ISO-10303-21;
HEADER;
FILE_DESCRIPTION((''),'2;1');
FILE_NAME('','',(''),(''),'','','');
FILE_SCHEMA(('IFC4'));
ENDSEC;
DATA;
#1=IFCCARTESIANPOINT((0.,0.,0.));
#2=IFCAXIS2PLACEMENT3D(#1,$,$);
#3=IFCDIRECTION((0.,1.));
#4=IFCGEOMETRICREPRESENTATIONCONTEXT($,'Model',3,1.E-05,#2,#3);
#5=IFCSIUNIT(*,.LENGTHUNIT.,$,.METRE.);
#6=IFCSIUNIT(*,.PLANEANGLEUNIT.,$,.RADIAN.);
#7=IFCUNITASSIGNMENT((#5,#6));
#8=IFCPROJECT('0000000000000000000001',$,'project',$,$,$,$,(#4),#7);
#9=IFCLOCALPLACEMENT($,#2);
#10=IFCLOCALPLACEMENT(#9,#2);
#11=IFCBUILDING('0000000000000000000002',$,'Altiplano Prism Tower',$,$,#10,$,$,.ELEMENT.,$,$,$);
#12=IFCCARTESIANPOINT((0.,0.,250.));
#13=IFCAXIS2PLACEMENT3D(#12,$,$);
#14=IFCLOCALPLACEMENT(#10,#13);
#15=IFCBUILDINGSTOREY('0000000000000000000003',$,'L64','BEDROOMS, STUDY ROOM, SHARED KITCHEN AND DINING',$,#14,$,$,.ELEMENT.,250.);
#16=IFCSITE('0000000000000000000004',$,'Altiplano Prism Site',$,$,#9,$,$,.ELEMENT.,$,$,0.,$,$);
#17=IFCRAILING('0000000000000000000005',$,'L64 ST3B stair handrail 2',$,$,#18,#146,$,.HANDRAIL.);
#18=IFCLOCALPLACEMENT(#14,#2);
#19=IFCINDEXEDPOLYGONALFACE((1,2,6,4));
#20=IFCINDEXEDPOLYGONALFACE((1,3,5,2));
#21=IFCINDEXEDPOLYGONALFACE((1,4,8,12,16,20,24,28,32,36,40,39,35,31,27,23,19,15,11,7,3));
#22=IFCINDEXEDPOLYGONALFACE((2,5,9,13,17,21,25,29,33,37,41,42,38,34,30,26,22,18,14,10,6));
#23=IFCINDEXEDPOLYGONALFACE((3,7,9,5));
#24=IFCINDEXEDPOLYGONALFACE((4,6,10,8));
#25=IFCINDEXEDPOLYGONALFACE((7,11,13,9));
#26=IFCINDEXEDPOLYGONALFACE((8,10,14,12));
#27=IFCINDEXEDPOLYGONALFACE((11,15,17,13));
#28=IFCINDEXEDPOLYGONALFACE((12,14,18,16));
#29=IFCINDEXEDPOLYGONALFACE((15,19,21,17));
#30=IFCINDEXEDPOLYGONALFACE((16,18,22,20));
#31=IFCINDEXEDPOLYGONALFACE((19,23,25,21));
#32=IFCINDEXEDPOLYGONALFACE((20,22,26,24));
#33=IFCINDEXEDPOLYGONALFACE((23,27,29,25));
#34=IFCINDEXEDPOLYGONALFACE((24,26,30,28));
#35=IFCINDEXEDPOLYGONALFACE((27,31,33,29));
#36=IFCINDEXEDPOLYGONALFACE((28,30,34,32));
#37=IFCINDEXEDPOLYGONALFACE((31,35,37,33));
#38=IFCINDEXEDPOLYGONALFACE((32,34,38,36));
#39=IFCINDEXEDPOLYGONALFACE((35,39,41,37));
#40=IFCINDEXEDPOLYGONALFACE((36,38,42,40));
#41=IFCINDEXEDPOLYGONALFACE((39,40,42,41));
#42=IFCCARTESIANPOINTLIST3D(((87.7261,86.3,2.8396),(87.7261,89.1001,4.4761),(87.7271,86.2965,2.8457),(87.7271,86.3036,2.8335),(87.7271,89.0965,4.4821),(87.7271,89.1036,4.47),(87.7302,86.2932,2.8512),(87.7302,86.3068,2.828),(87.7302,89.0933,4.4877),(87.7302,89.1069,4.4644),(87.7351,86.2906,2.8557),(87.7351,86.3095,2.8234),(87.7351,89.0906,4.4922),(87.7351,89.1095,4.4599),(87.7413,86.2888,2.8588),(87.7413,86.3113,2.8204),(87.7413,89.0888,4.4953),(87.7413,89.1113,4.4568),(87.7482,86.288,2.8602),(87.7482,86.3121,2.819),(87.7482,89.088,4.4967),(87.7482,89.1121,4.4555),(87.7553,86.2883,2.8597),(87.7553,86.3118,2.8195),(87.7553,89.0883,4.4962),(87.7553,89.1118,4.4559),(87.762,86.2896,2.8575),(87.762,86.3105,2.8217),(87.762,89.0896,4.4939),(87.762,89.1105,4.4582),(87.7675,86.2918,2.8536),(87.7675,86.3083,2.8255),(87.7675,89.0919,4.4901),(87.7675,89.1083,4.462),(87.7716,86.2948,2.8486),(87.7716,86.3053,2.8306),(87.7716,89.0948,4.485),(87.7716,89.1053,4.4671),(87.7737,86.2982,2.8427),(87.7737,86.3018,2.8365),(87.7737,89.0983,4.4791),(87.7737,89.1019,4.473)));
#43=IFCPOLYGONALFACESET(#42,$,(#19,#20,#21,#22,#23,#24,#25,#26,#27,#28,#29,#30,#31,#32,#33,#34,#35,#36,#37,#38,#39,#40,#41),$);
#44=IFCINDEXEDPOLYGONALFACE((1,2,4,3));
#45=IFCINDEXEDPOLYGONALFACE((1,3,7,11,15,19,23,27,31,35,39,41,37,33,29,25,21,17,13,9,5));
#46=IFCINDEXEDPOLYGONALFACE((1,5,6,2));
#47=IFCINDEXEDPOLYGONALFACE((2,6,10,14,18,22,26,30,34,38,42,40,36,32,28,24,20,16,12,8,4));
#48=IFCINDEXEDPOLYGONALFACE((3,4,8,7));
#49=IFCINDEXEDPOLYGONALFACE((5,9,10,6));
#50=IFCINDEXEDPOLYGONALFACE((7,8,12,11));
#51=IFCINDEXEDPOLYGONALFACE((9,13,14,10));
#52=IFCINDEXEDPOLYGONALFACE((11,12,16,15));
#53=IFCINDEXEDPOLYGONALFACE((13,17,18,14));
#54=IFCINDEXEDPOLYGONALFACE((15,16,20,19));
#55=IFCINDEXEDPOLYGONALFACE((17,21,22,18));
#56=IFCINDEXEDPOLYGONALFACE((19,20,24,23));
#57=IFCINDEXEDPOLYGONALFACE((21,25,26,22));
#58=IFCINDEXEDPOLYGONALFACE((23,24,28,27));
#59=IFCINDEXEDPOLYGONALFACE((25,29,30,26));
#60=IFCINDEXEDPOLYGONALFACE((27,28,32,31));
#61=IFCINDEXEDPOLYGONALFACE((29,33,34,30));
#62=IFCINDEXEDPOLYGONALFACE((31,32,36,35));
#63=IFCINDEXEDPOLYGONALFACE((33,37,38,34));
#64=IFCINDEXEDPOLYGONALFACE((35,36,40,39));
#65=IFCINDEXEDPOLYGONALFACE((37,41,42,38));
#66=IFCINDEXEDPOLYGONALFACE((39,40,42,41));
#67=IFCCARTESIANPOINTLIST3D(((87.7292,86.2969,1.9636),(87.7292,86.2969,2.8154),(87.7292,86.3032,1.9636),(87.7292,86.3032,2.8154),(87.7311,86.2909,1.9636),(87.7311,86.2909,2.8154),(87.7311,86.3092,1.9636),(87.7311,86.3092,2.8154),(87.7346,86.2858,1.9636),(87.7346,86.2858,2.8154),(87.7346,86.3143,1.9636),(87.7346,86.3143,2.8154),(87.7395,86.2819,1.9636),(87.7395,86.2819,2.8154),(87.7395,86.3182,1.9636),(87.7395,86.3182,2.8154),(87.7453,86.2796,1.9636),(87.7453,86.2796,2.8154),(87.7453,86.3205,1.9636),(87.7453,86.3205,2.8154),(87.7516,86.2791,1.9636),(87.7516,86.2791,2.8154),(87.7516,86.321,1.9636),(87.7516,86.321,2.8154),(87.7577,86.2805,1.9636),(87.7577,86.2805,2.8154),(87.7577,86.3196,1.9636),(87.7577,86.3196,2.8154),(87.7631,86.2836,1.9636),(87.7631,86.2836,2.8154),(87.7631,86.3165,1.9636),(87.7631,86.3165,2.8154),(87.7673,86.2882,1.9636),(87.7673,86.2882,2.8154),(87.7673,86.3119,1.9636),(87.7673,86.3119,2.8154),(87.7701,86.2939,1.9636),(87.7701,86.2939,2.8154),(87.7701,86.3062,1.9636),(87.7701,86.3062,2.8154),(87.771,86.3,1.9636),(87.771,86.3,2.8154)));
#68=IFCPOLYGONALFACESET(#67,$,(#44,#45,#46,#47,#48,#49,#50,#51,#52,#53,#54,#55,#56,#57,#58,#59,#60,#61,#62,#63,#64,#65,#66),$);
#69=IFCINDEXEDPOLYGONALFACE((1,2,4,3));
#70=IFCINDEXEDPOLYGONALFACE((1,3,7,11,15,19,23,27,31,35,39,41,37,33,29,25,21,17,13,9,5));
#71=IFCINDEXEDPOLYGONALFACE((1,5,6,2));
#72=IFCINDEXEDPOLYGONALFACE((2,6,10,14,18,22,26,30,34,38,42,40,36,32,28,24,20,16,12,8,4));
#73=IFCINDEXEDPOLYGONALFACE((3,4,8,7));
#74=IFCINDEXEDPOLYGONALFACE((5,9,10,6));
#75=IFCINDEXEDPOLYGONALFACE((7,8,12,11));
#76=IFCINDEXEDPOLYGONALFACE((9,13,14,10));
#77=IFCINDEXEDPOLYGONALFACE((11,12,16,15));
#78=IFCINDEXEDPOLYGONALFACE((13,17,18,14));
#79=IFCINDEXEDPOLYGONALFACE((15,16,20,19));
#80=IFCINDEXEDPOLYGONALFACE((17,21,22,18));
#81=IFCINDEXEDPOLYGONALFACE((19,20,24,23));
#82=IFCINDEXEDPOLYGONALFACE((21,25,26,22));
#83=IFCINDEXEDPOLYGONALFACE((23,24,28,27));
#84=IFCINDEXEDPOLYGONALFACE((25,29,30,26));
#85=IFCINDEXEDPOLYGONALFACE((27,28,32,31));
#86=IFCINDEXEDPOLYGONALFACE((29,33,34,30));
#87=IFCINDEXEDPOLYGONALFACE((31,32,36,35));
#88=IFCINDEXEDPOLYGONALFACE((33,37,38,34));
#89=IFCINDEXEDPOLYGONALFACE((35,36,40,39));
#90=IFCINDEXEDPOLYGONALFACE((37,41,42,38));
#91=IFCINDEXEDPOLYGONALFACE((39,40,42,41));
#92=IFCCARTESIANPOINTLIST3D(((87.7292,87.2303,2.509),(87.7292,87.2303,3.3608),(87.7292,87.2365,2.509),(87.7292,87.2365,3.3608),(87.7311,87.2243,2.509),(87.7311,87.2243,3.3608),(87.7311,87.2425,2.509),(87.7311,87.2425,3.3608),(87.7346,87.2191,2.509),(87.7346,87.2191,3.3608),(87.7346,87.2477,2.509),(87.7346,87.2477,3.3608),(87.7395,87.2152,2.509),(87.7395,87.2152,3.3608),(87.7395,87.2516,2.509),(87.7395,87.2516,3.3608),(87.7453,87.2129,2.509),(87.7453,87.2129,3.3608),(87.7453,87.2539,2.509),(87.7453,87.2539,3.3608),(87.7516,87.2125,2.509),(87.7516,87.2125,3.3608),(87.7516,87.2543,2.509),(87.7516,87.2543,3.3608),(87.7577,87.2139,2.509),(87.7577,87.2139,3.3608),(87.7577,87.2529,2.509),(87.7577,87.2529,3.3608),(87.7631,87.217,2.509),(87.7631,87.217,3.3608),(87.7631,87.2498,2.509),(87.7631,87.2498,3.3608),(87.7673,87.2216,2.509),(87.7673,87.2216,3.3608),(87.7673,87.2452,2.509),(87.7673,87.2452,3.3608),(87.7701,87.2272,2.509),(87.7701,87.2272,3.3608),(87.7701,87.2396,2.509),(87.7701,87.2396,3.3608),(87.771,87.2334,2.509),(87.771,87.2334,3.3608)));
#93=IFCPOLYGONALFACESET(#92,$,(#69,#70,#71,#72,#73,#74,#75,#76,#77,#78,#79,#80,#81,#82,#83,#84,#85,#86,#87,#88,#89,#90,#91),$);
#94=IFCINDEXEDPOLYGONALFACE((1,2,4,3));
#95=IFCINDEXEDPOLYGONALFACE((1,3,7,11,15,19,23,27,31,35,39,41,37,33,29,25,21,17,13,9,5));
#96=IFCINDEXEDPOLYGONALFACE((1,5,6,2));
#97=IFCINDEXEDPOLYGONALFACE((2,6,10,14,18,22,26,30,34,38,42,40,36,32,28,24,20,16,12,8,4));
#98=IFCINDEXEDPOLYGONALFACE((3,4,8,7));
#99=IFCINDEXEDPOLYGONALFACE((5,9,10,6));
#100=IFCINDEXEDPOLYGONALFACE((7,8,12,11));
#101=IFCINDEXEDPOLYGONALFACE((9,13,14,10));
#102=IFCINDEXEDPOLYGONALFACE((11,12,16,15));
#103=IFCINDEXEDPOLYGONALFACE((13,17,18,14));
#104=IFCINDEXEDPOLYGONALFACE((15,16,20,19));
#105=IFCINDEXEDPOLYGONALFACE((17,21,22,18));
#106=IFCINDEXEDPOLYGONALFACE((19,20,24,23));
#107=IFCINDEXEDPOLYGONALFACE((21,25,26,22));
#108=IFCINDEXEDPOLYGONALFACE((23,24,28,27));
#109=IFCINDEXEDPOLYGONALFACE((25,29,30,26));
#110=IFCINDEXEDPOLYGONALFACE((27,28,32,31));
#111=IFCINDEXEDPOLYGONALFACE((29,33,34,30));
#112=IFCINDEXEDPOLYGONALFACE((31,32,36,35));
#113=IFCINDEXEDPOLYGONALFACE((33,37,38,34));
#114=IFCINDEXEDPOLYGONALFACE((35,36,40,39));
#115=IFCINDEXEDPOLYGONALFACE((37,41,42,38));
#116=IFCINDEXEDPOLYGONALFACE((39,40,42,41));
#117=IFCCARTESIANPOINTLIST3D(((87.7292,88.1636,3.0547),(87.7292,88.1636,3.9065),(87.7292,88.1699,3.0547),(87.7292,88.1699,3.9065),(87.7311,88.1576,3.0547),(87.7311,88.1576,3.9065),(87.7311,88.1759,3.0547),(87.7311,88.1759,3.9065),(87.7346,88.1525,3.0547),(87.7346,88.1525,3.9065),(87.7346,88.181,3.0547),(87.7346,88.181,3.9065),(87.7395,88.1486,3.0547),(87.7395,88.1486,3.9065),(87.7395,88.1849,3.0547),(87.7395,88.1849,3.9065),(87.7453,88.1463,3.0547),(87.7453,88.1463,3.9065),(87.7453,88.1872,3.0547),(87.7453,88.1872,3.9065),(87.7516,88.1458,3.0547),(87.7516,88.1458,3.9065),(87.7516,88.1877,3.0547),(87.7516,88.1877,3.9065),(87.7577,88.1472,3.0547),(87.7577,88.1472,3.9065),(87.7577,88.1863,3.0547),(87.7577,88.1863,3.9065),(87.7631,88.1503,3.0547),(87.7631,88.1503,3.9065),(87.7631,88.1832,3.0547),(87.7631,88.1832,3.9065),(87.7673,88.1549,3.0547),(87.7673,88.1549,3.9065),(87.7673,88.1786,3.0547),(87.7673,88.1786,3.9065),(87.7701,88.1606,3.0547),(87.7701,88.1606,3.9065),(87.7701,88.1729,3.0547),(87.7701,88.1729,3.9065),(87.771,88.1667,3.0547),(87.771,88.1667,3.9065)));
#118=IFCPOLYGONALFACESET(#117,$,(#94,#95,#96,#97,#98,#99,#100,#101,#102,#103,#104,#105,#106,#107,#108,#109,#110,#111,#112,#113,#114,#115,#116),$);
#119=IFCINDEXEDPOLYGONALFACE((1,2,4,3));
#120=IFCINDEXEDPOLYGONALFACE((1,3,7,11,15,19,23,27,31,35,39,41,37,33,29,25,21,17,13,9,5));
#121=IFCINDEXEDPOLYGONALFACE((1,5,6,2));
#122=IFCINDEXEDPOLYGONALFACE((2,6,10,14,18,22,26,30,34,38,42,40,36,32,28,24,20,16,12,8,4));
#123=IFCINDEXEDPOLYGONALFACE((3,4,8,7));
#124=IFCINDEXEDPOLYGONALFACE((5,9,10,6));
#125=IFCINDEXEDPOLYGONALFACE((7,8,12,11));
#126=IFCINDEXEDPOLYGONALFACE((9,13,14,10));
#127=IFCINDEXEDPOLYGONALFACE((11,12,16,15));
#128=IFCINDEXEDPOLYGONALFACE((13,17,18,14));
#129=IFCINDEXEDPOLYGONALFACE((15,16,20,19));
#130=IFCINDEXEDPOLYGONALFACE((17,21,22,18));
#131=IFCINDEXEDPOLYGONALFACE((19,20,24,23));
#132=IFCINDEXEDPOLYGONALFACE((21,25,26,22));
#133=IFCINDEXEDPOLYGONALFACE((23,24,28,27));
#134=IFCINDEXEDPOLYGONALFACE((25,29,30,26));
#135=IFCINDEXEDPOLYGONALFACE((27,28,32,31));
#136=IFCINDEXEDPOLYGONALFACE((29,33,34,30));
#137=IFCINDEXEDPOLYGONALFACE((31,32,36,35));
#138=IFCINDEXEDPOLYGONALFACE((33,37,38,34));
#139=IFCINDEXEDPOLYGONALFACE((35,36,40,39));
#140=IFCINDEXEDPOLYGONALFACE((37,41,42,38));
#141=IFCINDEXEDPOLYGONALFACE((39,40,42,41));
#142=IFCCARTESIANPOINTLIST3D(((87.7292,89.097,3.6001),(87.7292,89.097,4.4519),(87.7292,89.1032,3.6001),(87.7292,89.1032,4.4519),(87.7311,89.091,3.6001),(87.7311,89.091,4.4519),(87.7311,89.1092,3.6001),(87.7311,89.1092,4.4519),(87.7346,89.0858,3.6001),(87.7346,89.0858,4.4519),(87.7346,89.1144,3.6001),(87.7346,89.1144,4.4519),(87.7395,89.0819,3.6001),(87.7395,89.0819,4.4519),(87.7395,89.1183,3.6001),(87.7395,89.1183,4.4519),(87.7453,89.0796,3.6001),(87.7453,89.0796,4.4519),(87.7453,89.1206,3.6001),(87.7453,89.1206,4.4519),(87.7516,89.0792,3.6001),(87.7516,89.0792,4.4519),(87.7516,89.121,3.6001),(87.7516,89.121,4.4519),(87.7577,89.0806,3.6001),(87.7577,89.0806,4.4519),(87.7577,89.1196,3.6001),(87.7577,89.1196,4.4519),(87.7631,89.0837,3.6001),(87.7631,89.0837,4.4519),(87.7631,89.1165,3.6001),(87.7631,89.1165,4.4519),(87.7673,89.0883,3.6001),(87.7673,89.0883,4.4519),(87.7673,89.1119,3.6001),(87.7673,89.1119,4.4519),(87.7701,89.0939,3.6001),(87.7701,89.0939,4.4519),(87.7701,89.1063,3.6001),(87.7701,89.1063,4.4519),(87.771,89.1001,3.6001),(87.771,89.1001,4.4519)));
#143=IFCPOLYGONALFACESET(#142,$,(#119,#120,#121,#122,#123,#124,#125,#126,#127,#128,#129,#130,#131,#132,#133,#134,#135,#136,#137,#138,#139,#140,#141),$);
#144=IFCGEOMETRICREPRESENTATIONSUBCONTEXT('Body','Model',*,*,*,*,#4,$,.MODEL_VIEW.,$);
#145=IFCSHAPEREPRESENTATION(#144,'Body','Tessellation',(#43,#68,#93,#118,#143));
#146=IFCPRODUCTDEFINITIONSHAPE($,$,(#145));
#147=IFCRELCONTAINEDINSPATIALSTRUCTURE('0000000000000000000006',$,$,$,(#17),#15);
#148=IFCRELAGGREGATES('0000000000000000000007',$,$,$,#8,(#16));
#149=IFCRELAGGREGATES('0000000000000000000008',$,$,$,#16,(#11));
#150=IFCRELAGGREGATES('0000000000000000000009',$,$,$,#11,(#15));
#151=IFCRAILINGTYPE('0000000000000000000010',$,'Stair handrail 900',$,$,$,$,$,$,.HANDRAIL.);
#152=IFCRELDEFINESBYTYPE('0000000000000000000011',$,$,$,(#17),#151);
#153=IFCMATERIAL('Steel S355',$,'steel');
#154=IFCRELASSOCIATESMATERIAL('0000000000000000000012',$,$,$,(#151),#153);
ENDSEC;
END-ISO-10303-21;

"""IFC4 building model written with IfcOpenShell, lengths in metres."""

from ifc_helpers import new_model, si_unit, direction, frame, origin, origin_2d, place, context, subcontext, project, spatial, circle, extrude, material, type_object, element, save


model = new_model("IFC4")

# Units and contexts
model_context = context("Model", 3, precision=1e-05, world=origin(), true_north=direction((0.0, 1.0)))
body_context = subcontext(model_context, "Body", "Model", "MODEL_VIEW")
ifc_project = project(units=[si_unit("LENGTHUNIT", "METRE"), si_unit("PLANEANGLEUNIT", "RADIAN")], contexts=[model_context])

# Site, building, storey
site_placement = place(None, origin())
site = spatial("IfcSite", under=ifc_project, at=site_placement, Name="Altiplano Prism Site", CompositionType="ELEMENT", RefElevation=0.0)
building_placement = place(site_placement, origin())
building = spatial("IfcBuilding", under=site, at=building_placement, Name="Altiplano Prism Tower", CompositionType="ELEMENT")
storey_placement = place(building_placement, frame((0.0, 0.0, 250.0)))
storey = spatial("IfcBuildingStorey", under=building, at=storey_placement, Name="L64", Description="BEDROOMS, STUDY ROOM, SHARED KITCHEN AND DINING", CompositionType="ELEMENT", Elevation=250.0)

# Railing
ifc_material_1 = material(Name="Steel S355", Category="steel")
railing_type_1 = type_object("IfcRailingType", Name="Stair handrail 900", PredefinedType="HANDRAIL", material=ifc_material_1)
railing_1_placement = place(storey_placement, frame((87.75, 86.3, 1.9636)))
element("IfcRailing", 1, at=railing_1_placement, inside=storey, type_object=railing_type_1, Name="L64 ST3B stair handrail 2", PredefinedType="HANDRAIL", context=body_context, shape_type="SweptSolid", body=[
    extrude(circle(Radius=0.0239, at=origin_2d()), frame((0.0, 0.0, 0.876), z_axis=(0.0, 0.863361, 0.504587), x_axis=(-1.0, 0.0, 0.0)), (0.0, 0.0, 1.0), 3.2432),
    extrude(circle(Radius=0.021, at=origin_2d()), origin(), (0.0, 0.0, 1.0), 0.8518),
    extrude(circle(Radius=0.021, at=origin_2d()), frame((0.0, 0.9333, 0.5454)), (0.0, 0.0, 1.0), 0.8518),
    extrude(circle(Radius=0.021, at=origin_2d()), frame((0.0, 1.8667, 1.0911)), (0.0, 0.0, 1.0), 0.8518),
    extrude(circle(Radius=0.021, at=origin_2d()), frame((0.0, 2.8, 1.6365)), (0.0, 0.0, 1.0), 0.8518),
])

save(model, "model.ifc")
